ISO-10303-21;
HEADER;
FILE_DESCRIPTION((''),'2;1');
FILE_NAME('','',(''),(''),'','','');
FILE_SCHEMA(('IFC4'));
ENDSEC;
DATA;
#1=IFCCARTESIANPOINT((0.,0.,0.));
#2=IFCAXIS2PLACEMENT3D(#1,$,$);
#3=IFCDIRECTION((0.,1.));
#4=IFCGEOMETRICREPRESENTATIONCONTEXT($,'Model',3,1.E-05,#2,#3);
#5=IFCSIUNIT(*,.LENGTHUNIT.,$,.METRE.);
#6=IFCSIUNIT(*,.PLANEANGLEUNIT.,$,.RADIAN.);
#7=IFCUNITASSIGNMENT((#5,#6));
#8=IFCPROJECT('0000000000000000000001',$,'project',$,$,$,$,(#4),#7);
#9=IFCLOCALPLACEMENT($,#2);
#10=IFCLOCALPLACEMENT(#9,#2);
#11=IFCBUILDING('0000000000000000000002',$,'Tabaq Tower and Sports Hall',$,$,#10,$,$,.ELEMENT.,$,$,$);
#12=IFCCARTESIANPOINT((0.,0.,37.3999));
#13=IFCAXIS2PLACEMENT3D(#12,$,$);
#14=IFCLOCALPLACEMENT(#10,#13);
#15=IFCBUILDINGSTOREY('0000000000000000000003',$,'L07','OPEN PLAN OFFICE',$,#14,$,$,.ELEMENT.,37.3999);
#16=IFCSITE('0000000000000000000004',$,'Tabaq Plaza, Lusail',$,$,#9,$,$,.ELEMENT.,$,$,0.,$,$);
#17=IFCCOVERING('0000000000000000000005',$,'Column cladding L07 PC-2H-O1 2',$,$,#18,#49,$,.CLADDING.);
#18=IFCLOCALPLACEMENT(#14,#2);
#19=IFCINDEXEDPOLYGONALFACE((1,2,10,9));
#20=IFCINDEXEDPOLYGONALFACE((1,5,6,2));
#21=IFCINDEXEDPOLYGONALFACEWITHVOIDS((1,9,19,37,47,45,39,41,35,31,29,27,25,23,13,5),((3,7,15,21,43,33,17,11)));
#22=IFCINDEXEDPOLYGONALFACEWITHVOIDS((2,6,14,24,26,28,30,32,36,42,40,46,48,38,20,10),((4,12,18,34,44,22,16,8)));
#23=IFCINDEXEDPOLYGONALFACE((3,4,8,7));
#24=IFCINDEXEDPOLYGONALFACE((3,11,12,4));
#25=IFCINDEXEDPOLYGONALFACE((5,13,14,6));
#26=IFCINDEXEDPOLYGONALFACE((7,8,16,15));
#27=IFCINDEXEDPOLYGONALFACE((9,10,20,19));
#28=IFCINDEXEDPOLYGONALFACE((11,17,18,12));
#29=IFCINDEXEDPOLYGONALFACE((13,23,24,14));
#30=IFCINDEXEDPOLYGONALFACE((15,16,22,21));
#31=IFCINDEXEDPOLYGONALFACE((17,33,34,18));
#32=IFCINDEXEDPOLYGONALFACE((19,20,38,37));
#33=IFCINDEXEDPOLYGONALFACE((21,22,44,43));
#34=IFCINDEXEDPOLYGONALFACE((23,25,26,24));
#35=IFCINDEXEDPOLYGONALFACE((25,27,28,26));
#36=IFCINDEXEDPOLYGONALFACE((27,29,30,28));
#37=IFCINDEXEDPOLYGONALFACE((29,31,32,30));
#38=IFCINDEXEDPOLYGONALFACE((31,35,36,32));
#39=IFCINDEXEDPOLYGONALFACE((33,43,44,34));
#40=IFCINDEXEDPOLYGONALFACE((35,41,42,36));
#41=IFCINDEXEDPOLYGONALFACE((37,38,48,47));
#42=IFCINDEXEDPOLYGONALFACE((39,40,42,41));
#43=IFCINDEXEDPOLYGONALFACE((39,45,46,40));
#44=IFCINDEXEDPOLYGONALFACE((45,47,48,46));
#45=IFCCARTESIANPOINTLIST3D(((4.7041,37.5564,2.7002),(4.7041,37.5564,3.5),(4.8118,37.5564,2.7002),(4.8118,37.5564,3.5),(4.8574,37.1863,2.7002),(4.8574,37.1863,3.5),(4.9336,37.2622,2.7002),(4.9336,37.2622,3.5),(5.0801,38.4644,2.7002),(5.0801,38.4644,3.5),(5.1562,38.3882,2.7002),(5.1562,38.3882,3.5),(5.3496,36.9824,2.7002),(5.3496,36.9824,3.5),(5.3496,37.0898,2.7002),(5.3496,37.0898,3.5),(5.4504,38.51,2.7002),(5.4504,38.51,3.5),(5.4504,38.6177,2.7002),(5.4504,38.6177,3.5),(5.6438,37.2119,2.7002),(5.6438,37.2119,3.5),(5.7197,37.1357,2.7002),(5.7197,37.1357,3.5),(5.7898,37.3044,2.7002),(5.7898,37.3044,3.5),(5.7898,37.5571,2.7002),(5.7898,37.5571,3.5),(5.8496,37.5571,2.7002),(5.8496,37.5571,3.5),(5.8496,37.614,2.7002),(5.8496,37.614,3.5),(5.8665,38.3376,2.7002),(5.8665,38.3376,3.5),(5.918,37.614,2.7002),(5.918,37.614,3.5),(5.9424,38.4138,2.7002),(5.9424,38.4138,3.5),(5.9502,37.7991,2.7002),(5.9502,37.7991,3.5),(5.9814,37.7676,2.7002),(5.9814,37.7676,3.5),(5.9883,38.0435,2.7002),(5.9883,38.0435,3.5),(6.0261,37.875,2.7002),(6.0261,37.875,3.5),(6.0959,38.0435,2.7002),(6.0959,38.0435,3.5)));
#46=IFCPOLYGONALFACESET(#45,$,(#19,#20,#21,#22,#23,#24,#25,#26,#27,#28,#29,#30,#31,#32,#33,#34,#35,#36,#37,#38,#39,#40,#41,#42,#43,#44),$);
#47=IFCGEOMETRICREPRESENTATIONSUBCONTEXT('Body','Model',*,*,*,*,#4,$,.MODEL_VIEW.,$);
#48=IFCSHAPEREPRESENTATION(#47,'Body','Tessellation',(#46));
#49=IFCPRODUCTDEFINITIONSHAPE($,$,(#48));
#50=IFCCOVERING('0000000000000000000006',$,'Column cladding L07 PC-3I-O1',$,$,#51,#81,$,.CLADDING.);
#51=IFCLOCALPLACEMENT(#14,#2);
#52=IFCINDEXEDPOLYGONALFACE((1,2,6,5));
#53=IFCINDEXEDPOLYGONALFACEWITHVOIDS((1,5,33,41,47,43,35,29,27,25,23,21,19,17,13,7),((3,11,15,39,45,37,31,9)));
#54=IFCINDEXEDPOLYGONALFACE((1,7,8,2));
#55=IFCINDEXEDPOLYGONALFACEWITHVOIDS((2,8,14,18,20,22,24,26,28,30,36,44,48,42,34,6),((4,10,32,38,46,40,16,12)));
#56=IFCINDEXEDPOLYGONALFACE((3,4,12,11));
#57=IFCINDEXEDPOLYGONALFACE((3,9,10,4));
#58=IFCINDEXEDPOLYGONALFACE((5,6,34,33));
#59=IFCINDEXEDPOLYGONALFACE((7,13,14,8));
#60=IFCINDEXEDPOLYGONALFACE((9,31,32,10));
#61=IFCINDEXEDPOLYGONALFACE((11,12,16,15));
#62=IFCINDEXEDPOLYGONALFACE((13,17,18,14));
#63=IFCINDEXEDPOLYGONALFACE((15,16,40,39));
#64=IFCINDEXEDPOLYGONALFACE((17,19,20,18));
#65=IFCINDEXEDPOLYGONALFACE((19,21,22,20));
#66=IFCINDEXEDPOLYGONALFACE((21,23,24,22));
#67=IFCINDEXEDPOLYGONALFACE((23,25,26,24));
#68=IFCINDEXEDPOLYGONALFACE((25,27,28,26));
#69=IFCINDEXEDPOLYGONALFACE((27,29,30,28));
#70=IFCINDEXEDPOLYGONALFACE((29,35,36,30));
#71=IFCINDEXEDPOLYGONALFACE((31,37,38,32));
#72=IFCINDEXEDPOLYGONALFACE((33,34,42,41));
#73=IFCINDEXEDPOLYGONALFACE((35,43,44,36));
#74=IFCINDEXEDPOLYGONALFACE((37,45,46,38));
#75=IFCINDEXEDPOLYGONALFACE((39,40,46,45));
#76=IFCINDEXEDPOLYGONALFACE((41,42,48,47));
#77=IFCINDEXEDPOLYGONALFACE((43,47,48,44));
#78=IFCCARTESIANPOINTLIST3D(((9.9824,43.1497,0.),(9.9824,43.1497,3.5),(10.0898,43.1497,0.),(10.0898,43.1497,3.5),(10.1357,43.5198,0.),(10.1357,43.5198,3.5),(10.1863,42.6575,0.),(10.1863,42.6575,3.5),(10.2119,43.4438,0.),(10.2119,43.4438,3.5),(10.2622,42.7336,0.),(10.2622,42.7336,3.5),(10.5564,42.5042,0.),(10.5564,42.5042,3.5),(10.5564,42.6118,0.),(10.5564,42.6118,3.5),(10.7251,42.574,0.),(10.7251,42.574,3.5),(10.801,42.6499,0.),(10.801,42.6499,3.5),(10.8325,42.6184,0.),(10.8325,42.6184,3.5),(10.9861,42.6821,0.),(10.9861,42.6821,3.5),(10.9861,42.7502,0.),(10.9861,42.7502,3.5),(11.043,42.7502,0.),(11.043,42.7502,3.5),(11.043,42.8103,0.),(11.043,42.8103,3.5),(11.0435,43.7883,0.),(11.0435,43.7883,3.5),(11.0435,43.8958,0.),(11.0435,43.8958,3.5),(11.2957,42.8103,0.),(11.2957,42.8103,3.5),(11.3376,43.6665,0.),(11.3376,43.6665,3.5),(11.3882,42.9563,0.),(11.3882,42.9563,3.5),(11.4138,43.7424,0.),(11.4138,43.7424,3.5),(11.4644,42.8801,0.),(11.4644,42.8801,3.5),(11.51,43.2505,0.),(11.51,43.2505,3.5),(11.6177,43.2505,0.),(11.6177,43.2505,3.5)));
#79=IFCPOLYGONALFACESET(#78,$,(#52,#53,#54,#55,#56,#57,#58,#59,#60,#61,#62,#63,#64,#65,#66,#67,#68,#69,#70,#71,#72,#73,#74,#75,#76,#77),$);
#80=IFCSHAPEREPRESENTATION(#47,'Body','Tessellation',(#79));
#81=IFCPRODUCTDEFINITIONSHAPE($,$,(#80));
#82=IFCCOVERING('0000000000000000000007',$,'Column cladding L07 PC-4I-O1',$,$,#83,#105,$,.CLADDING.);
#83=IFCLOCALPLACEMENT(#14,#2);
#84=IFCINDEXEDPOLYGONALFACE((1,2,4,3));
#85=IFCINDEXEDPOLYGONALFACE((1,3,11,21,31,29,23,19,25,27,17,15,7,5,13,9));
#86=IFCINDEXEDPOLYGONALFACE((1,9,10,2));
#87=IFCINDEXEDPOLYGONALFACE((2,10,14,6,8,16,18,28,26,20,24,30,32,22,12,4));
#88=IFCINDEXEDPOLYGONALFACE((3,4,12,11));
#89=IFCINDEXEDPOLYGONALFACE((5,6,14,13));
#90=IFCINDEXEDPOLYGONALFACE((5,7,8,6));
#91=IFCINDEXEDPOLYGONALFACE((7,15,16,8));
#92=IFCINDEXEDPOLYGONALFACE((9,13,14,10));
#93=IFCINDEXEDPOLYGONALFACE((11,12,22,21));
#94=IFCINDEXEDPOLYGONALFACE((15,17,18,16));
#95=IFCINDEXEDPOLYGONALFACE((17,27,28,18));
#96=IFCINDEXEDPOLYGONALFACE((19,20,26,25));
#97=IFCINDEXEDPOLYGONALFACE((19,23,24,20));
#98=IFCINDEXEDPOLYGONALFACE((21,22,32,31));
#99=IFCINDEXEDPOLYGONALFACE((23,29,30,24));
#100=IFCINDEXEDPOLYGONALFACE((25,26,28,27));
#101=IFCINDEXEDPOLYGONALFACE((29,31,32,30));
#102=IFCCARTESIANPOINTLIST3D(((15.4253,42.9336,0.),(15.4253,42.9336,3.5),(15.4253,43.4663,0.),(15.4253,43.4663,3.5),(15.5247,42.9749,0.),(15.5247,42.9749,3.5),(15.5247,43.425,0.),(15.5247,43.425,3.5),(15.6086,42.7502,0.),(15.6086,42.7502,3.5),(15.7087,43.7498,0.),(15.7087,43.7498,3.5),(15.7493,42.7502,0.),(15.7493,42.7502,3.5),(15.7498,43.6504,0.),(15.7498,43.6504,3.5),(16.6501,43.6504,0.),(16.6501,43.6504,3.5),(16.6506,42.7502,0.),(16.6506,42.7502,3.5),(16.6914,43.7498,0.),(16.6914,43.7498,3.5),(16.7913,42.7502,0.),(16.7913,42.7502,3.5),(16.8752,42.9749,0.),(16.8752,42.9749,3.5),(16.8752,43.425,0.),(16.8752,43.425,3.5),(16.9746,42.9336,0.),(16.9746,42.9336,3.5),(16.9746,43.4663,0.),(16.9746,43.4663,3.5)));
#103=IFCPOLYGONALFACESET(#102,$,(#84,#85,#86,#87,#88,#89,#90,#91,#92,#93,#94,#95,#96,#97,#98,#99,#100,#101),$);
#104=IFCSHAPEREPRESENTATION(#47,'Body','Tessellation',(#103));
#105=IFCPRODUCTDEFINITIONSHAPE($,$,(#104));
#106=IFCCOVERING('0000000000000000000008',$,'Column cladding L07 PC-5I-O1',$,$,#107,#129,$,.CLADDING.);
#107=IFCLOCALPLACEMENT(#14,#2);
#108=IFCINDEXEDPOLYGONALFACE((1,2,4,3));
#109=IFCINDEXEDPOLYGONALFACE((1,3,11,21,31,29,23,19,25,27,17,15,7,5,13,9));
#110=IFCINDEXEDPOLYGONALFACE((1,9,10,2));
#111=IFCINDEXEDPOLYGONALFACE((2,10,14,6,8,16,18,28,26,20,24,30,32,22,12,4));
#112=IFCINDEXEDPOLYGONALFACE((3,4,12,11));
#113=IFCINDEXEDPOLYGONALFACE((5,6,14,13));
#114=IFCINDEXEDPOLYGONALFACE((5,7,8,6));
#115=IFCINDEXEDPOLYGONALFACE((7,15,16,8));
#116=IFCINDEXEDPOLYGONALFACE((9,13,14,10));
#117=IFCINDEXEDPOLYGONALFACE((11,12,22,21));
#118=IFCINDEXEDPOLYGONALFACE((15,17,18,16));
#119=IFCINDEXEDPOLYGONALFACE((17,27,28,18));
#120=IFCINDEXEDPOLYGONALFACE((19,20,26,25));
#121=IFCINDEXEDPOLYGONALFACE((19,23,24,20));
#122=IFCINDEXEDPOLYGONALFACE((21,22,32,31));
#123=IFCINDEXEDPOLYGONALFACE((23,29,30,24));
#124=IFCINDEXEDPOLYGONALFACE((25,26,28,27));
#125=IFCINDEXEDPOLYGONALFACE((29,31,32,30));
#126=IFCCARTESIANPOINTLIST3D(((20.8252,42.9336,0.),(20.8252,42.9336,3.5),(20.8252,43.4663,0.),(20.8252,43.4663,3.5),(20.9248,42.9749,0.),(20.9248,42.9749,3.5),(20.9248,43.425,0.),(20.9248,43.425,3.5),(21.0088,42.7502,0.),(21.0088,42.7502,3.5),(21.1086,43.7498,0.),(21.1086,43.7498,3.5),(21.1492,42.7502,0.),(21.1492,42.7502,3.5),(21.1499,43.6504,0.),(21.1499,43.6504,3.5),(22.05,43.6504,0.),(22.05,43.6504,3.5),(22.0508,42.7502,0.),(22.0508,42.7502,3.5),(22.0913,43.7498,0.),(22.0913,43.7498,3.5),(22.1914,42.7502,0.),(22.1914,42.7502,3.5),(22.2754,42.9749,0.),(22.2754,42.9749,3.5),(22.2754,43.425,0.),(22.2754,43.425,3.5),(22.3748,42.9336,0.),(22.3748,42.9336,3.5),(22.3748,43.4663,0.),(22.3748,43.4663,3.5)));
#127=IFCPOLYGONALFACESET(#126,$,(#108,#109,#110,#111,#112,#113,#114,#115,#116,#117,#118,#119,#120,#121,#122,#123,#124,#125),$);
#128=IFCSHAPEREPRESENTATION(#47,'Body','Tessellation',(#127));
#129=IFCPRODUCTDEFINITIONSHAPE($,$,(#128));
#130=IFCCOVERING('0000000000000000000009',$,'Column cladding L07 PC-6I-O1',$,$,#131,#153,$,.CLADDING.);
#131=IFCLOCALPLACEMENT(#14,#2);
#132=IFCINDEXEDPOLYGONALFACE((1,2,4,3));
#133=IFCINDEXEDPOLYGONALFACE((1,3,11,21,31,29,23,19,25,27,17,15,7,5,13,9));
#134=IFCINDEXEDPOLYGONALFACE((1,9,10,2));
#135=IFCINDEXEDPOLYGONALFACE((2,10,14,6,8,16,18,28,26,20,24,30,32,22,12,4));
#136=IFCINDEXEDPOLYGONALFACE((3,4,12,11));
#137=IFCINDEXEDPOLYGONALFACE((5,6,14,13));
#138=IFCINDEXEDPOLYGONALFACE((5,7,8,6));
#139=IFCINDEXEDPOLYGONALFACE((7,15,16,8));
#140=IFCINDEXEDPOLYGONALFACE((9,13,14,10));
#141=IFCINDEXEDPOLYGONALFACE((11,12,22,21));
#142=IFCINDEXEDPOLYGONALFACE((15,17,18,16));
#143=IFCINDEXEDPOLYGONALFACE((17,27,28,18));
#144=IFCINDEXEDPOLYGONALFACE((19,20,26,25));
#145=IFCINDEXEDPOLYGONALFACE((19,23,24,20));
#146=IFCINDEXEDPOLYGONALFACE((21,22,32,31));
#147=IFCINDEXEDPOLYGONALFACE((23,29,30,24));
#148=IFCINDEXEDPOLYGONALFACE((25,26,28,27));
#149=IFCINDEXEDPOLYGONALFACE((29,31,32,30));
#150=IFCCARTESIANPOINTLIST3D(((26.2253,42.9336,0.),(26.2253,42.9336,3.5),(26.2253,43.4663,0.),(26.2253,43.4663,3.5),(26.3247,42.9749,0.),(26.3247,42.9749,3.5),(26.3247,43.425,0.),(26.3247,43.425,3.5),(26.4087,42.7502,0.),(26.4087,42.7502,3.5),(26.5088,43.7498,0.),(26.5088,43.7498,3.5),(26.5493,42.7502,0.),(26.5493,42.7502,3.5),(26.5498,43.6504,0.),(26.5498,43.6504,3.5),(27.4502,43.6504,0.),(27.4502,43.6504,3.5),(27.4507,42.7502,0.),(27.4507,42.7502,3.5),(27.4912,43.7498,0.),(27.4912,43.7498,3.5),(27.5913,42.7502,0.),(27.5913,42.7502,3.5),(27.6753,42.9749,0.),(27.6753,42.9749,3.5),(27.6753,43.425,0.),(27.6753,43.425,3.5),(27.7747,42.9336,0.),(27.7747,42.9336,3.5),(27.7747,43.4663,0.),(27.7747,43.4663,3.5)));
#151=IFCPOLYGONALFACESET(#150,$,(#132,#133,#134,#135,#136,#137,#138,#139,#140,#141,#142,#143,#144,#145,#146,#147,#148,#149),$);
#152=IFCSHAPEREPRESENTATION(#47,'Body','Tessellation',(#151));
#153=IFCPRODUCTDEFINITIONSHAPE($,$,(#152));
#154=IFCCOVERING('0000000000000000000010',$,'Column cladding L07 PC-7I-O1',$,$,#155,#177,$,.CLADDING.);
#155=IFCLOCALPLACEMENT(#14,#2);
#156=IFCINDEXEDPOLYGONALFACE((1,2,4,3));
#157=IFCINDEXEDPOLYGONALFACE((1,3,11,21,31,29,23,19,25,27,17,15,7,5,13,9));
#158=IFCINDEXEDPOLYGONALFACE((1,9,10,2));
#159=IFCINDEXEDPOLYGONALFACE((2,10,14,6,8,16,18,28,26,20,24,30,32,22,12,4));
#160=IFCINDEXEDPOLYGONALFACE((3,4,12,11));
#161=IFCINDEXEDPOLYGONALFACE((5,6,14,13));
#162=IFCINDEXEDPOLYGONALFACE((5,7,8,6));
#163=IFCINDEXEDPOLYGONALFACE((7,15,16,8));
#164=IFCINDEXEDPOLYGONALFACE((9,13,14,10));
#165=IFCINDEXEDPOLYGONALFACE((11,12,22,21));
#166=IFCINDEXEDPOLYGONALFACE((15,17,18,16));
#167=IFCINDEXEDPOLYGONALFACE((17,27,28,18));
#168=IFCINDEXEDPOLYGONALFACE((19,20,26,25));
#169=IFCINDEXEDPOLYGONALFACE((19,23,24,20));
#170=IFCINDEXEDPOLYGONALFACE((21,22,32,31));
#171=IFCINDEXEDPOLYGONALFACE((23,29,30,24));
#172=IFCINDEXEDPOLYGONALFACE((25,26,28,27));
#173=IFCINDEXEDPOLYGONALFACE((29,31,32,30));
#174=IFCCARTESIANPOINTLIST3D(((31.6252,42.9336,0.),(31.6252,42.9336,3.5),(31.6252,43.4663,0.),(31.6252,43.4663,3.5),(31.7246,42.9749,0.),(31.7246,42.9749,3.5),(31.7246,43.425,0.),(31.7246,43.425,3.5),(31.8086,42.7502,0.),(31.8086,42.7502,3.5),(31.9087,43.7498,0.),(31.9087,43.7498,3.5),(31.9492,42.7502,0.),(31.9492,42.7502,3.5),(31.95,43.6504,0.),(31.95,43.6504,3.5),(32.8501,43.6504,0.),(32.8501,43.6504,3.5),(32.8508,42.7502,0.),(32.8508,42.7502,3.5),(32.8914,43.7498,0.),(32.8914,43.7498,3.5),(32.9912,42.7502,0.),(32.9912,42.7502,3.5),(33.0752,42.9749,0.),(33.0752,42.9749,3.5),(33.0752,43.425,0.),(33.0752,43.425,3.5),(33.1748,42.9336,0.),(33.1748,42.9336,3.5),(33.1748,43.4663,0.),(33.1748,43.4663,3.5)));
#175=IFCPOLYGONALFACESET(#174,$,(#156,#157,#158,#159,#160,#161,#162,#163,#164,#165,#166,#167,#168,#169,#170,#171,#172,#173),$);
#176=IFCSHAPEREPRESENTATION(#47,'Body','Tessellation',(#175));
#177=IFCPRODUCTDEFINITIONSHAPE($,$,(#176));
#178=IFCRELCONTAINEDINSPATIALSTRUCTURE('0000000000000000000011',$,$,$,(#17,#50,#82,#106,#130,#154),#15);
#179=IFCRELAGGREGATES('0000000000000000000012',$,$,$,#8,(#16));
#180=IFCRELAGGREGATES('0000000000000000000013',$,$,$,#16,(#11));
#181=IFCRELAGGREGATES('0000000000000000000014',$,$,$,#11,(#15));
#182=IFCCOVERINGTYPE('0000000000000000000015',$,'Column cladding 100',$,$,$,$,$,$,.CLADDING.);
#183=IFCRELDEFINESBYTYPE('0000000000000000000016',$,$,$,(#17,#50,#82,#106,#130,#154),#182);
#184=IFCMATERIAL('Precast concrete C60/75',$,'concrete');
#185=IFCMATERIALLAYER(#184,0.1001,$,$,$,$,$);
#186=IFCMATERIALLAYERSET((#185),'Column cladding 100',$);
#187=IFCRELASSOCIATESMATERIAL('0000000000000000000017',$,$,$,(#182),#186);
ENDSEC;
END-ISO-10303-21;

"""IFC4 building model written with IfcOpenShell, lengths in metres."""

from ifc_helpers import new_model, si_unit, direction, frame, origin, place, context, subcontext, project, spatial, polyline, outline, extrude, material, layer, layer_set, type_object, element, save


model = new_model("IFC4")

# Units and contexts
model_context = context("Model", 3, precision=1e-05, world=origin(), true_north=direction((0.0, 1.0)))
body_context = subcontext(model_context, "Body", "Model", "MODEL_VIEW")
ifc_project = project(units=[si_unit("LENGTHUNIT", "METRE"), si_unit("PLANEANGLEUNIT", "RADIAN")], contexts=[model_context])

# Site, building, storey
site_placement = place(None, origin())
site = spatial("IfcSite", under=ifc_project, at=site_placement, Name="Tabaq Plaza, Lusail", CompositionType="ELEMENT", RefElevation=0.0)
building_placement = place(site_placement, origin())
building = spatial("IfcBuilding", under=site, at=building_placement, Name="Tabaq Tower and Sports Hall", CompositionType="ELEMENT")
storey_placement = place(building_placement, frame((0.0, 0.0, 37.3999)))
storey = spatial("IfcBuildingStorey", under=building, at=storey_placement, Name="L07", Description="OPEN PLAN OFFICE", CompositionType="ELEMENT", Elevation=37.3999)

# Coverings
ifc_material_1 = material(Name="Precast concrete C60/75", Category="concrete")
ifc_layer_1 = layer(ifc_material_1, 0.1001)
ifc_layer_set_1 = layer_set([ifc_layer_1], Name="Column cladding 100")
covering_type = type_object("IfcCoveringType", Name="Column cladding 100", PredefinedType="CLADDING", material=ifc_layer_set_1)
covering_1_placement = place(storey_placement, frame((0.0, 0.0, 2.7002)))
element("IfcCovering", 1, at=covering_1_placement, inside=storey, type_object=covering_type, Name="Column cladding L07 PC-2H-O1 2", PredefinedType="CLADDING", context=body_context, shape_type="SweptSolid", body=[
    extrude(outline(polyline([(4.8574, 37.1863), (4.7041, 37.5564), (5.0801, 38.4644), (5.4504, 38.6177), (5.9424, 38.4138), (6.0959, 38.0435), (6.0261, 37.875), (5.9502, 37.7991), (5.9814, 37.7676), (5.918, 37.614), (5.8496, 37.614), (5.8496, 37.5571), (5.7898, 37.5571), (5.7898, 37.3044), (5.7197, 37.1357), (5.3496, 36.9824), (4.8574, 37.1863)]), holes=[polyline([(5.8665, 38.3376), (5.4504, 38.51), (5.1562, 38.3882), (4.8118, 37.5564), (4.9336, 37.2622), (5.3496, 37.0898), (5.6438, 37.2119), (5.9883, 38.0435), (5.8665, 38.3376)])]), origin(), (0.0, 0.0, 1.0), 0.7998),
])
covering_2_placement = place(storey_placement, origin())
element("IfcCovering", 2, at=covering_2_placement, inside=storey, type_object=covering_type, Name="Column cladding L07 PC-3I-O1", PredefinedType="CLADDING", context=body_context, shape_type="SweptSolid", body=[
    extrude(outline(polyline([(9.9824, 43.1497), (10.1357, 43.5198), (11.0435, 43.8958), (11.4138, 43.7424), (11.6177, 43.2505), (11.4644, 42.8801), (11.2957, 42.8103), (11.043, 42.8103), (11.043, 42.7502), (10.9861, 42.7502), (10.9861, 42.6821), (10.8325, 42.6184), (10.801, 42.6499), (10.7251, 42.574), (10.5564, 42.5042), (10.1863, 42.6575), (9.9824, 43.1497)]), holes=[polyline([(11.51, 43.2505), (11.3376, 43.6665), (11.0435, 43.7883), (10.2119, 43.4438), (10.0898, 43.1497), (10.2622, 42.7336), (10.5564, 42.6118), (11.3882, 42.9563), (11.51, 43.2505)])]), origin(), (0.0, 0.0, 1.0), 3.5),
])
covering_3_placement = place(storey_placement, origin())
element("IfcCovering", 3, at=covering_3_placement, inside=storey, type_object=covering_type, Name="Column cladding L07 PC-4I-O1", PredefinedType="CLADDING", context=body_context, shape_type="SweptSolid", body=[
    extrude(outline(polyline([(15.4253, 43.4663), (15.7087, 43.7498), (16.6914, 43.7498), (16.9746, 43.4663), (16.9746, 42.9336), (16.7913, 42.7502), (16.6506, 42.7502), (16.8752, 42.9749), (16.8752, 43.425), (16.6501, 43.6504), (15.7498, 43.6504), (15.5247, 43.425), (15.5247, 42.9749), (15.7493, 42.7502), (15.6086, 42.7502), (15.4253, 42.9336), (15.4253, 43.4663)])), origin(), (0.0, 0.0, 1.0), 3.5),
])
covering_4_placement = place(storey_placement, origin())
element("IfcCovering", 4, at=covering_4_placement, inside=storey, type_object=covering_type, Name="Column cladding L07 PC-5I-O1", PredefinedType="CLADDING", context=body_context, shape_type="SweptSolid", body=[
    extrude(outline(polyline([(20.8252, 43.4663), (21.1086, 43.7498), (22.0913, 43.7498), (22.3748, 43.4663), (22.3748, 42.9336), (22.1914, 42.7502), (22.0508, 42.7502), (22.2754, 42.9749), (22.2754, 43.425), (22.05, 43.6504), (21.1499, 43.6504), (20.9248, 43.425), (20.9248, 42.9749), (21.1492, 42.7502), (21.0088, 42.7502), (20.8252, 42.9336), (20.8252, 43.4663)])), origin(), (0.0, 0.0, 1.0), 3.5),
])
covering_5_placement = place(storey_placement, origin())
element("IfcCovering", 5, at=covering_5_placement, inside=storey, type_object=covering_type, Name="Column cladding L07 PC-6I-O1", PredefinedType="CLADDING", context=body_context, shape_type="SweptSolid", body=[
    extrude(outline(polyline([(26.2253, 43.4663), (26.5088, 43.7498), (27.4912, 43.7498), (27.7747, 43.4663), (27.7747, 42.9336), (27.5913, 42.7502), (27.4507, 42.7502), (27.6753, 42.9749), (27.6753, 43.425), (27.4502, 43.6504), (26.5498, 43.6504), (26.3247, 43.425), (26.3247, 42.9749), (26.5493, 42.7502), (26.4087, 42.7502), (26.2253, 42.9336), (26.2253, 43.4663)])), origin(), (0.0, 0.0, 1.0), 3.5),
])
covering_6_placement = place(storey_placement, origin())
element("IfcCovering", 6, at=covering_6_placement, inside=storey, type_object=covering_type, Name="Column cladding L07 PC-7I-O1", PredefinedType="CLADDING", context=body_context, shape_type="SweptSolid", body=[
    extrude(outline(polyline([(31.6252, 43.4663), (31.9087, 43.7498), (32.8914, 43.7498), (33.1748, 43.4663), (33.1748, 42.9336), (32.9912, 42.7502), (32.8508, 42.7502), (33.0752, 42.9749), (33.0752, 43.425), (32.8501, 43.6504), (31.95, 43.6504), (31.7246, 43.425), (31.7246, 42.9749), (31.9492, 42.7502), (31.8086, 42.7502), (31.6252, 42.9336), (31.6252, 43.4663)])), origin(), (0.0, 0.0, 1.0), 3.5),
])

save(model, "model.ifc")
